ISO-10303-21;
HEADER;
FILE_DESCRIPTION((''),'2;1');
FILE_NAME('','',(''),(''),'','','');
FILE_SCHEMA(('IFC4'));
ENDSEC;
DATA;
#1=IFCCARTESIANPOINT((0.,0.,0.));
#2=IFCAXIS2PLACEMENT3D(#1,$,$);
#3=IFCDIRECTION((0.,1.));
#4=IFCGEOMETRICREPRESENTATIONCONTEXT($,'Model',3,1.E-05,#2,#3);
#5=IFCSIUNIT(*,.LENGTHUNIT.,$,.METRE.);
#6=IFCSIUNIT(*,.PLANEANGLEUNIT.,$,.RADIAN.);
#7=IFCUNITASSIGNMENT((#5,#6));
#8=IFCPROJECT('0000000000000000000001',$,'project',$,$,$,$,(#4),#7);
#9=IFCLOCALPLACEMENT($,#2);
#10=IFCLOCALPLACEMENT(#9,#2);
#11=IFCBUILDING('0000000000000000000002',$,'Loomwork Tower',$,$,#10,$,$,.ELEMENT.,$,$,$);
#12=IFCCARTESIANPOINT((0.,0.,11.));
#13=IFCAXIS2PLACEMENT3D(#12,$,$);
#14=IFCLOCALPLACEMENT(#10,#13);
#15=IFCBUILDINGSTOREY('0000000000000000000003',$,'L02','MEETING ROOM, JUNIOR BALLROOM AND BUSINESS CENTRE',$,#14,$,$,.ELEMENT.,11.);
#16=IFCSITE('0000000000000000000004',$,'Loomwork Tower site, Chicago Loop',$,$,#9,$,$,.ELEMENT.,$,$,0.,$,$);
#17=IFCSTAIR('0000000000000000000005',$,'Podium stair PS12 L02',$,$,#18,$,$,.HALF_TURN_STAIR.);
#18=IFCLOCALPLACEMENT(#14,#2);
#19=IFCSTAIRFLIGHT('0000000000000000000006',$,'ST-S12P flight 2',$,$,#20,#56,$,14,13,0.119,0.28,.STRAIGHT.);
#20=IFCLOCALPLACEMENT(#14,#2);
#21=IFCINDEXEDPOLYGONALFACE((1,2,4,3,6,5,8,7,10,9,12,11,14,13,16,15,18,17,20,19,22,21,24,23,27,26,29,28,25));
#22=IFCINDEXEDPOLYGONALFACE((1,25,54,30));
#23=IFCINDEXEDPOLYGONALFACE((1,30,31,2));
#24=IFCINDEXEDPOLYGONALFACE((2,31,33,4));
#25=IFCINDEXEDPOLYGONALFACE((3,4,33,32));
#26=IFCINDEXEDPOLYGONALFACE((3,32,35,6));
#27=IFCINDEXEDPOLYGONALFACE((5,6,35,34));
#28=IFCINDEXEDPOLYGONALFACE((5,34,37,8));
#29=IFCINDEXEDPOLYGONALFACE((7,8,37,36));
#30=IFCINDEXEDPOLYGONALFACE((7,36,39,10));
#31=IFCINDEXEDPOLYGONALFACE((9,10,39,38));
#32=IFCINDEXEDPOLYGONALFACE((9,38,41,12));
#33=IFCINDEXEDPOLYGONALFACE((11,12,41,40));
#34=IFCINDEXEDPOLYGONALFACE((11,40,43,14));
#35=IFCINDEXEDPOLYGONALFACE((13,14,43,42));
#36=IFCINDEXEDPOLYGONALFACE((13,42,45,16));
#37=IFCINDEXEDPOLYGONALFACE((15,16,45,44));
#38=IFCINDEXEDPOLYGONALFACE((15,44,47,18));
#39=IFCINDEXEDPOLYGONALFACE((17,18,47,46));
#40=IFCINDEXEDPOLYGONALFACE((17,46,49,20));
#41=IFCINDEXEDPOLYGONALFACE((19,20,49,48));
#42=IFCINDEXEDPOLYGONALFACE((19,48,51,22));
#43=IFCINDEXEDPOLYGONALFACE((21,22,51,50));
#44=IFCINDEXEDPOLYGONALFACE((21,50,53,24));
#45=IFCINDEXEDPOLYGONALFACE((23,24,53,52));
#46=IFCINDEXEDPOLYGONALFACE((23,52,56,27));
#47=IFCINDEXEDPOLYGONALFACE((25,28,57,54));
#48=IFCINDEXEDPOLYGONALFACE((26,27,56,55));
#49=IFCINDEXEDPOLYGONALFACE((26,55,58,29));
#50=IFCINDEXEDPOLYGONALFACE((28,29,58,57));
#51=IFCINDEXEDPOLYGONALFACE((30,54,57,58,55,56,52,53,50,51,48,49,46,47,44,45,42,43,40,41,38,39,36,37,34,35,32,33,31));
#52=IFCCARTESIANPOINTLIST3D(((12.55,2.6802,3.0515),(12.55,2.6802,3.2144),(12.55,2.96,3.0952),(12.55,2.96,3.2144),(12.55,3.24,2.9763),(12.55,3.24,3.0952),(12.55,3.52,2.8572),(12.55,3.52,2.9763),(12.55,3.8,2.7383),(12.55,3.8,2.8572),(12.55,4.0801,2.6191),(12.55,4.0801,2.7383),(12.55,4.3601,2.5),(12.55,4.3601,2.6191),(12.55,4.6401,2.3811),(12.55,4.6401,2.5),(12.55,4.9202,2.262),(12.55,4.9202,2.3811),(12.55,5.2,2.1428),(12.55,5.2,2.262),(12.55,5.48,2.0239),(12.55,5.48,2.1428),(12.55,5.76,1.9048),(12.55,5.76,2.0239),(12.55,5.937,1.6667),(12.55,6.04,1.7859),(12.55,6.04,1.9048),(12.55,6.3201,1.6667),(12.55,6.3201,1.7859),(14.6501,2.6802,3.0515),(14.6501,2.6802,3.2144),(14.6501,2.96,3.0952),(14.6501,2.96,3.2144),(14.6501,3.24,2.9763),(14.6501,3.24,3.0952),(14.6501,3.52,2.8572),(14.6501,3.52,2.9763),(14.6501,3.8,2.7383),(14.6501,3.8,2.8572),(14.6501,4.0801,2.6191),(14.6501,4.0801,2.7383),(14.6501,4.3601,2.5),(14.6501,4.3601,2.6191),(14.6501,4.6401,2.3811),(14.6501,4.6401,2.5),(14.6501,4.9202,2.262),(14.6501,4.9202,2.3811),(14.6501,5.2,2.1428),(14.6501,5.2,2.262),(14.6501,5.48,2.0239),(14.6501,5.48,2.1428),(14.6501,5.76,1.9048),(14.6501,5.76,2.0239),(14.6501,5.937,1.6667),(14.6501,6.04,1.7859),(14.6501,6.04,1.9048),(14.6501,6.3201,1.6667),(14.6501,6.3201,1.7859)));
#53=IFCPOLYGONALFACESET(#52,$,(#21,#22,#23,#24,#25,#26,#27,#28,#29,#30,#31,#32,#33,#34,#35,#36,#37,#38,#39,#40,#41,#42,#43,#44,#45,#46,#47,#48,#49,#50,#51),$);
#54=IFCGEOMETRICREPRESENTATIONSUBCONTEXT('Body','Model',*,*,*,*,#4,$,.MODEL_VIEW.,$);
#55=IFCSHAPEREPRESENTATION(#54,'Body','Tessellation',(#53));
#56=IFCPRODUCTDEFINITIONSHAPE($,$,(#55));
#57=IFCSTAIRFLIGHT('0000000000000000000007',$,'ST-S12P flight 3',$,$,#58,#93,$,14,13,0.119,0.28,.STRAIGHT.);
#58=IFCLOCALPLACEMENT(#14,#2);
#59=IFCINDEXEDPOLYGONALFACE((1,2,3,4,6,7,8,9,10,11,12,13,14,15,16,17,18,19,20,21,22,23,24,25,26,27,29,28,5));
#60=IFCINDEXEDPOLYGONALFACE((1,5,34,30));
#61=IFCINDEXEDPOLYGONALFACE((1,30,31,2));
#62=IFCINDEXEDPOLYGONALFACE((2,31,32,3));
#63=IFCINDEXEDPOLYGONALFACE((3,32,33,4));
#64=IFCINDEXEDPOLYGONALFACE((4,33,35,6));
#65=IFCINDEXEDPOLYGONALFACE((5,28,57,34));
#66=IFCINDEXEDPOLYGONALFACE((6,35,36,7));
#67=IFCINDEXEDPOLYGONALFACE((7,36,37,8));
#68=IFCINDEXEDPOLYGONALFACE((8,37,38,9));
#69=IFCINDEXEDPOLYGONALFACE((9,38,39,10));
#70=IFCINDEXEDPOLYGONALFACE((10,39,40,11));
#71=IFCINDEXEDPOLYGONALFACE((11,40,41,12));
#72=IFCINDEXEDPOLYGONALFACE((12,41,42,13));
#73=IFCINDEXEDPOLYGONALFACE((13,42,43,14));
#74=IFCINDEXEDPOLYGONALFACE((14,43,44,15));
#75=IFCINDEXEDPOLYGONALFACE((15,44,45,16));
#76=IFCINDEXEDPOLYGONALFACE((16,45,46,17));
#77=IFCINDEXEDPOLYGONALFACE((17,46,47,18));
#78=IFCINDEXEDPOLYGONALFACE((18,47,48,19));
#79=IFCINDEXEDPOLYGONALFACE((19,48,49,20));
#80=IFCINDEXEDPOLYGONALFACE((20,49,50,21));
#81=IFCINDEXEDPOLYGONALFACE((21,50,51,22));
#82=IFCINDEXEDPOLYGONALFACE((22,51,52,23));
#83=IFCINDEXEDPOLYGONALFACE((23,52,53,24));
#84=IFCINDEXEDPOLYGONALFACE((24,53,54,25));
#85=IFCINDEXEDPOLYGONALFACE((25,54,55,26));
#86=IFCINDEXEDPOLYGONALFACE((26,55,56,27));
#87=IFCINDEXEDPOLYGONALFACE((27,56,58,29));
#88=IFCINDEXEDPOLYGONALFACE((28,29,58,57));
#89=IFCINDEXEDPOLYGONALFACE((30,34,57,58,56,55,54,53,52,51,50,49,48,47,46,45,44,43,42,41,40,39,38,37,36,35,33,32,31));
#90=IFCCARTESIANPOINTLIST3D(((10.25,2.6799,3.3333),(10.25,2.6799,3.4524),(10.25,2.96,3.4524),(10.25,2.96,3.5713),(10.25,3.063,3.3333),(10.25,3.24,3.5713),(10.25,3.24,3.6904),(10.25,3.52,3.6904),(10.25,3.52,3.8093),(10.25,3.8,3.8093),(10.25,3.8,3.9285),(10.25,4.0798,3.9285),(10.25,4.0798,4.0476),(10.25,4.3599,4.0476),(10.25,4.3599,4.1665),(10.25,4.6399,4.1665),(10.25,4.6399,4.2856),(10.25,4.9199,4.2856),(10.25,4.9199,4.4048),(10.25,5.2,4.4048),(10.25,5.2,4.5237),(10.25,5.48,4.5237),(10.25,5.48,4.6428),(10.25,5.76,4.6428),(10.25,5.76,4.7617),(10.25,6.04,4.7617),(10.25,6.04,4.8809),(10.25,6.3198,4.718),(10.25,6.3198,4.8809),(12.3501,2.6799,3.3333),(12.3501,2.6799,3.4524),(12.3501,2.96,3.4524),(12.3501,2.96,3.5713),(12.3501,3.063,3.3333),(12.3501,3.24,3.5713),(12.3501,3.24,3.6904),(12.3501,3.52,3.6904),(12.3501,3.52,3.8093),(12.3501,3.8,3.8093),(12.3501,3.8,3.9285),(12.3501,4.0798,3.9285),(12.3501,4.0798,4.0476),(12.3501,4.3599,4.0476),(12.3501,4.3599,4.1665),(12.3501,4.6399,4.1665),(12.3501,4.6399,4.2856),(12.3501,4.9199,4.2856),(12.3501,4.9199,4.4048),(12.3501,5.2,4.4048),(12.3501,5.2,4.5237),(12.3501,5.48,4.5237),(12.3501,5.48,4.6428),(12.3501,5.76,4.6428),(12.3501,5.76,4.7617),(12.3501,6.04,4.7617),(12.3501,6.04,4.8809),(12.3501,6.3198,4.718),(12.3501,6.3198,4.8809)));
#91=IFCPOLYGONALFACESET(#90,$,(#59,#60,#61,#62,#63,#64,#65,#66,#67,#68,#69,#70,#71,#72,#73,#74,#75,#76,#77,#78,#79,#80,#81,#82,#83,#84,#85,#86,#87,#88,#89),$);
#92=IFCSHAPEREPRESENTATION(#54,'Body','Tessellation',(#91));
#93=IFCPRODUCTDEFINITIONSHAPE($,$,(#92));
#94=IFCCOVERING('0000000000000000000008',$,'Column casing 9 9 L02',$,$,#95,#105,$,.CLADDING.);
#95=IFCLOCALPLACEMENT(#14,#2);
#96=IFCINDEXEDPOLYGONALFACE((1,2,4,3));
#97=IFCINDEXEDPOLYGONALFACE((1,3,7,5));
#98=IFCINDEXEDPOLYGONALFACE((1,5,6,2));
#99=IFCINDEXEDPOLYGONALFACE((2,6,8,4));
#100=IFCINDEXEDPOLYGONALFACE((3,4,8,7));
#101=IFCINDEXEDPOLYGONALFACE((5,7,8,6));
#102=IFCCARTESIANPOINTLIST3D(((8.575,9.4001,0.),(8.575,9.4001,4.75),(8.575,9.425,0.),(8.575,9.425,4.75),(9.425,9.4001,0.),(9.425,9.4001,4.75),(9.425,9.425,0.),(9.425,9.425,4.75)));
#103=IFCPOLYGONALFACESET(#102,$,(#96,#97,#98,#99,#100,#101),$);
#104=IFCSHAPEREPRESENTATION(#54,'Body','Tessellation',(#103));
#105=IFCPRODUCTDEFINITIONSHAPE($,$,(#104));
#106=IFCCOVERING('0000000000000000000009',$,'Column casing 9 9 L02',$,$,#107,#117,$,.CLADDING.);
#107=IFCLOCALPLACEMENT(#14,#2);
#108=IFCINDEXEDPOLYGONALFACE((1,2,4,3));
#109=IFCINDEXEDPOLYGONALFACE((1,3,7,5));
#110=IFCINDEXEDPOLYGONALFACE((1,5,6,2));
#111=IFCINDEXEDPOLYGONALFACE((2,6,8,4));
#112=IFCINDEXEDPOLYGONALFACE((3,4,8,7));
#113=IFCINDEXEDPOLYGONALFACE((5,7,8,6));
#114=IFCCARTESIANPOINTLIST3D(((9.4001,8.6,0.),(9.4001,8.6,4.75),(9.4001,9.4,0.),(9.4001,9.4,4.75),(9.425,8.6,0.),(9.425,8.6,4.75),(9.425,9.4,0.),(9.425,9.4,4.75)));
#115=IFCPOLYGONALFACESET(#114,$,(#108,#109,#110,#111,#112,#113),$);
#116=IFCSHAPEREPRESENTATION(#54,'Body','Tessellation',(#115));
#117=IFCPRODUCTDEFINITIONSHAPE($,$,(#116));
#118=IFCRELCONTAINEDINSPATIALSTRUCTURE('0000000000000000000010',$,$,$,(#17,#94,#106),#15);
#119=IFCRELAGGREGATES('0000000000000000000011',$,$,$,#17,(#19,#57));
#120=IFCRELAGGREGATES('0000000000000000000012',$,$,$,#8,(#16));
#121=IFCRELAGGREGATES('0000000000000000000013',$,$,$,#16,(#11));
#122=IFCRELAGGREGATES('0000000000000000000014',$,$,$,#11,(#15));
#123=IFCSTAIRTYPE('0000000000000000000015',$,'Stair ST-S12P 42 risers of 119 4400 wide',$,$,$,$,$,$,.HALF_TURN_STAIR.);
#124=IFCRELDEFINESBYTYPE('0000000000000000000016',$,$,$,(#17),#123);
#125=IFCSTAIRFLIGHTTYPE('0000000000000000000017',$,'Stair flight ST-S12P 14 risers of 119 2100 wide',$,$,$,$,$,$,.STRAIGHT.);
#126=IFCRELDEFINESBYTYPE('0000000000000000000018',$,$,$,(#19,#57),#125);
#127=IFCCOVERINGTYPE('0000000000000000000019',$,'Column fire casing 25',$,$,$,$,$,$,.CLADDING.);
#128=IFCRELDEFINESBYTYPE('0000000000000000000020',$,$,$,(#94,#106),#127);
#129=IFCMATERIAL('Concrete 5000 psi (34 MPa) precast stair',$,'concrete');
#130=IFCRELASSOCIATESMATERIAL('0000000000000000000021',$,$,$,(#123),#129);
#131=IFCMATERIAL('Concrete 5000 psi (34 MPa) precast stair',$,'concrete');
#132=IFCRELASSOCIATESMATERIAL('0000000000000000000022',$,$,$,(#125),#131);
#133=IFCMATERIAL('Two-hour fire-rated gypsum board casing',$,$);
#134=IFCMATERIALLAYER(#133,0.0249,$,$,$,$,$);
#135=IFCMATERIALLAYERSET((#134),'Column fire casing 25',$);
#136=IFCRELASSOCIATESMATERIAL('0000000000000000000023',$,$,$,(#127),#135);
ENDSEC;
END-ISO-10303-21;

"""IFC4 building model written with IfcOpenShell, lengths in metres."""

from ifc_helpers import new_model, si_unit, direction, frame, origin, origin_2d, place, context, subcontext, project, spatial, polyline, rectangle, outline, extrude, material, layer, layer_set, type_object, element, aggregate, save


model = new_model("IFC4")

# Units and contexts
model_context = context("Model", 3, precision=1e-05, world=origin(), true_north=direction((0.0, 1.0)))
body_context = subcontext(model_context, "Body", "Model", "MODEL_VIEW")
ifc_project = project(units=[si_unit("LENGTHUNIT", "METRE"), si_unit("PLANEANGLEUNIT", "RADIAN")], contexts=[model_context])

# Site, building, storey
site_placement = place(None, origin())
site = spatial("IfcSite", under=ifc_project, at=site_placement, Name="Loomwork Tower site, Chicago Loop", CompositionType="ELEMENT", RefElevation=0.0)
building_placement = place(site_placement, origin())
building = spatial("IfcBuilding", under=site, at=building_placement, Name="Loomwork Tower", CompositionType="ELEMENT")
storey_placement = place(building_placement, frame((0.0, 0.0, 11.0)))
storey = spatial("IfcBuildingStorey", under=building, at=storey_placement, Name="L02", Description="MEETING ROOM, JUNIOR BALLROOM AND BUSINESS CENTRE", CompositionType="ELEMENT", Elevation=11.0)

# Stair, stair flights
ifc_material_1 = material(Name="Concrete 5000 psi (34 MPa) precast stair", Category="concrete")
stair_type = type_object("IfcStairType", Name="Stair ST-S12P 42 risers of 119 4400 wide", PredefinedType="HALF_TURN_STAIR", material=ifc_material_1)
stair_placement = place(storey_placement, origin())
stair = element("IfcStair", 1, at=stair_placement, inside=storey, type_object=stair_type, Name="Podium stair PS12 L02", PredefinedType="HALF_TURN_STAIR")
ifc_material_2 = material(Name="Concrete 5000 psi (34 MPa) precast stair", Category="concrete")
stair_flight_type = type_object("IfcStairFlightType", Name="Stair flight ST-S12P 14 risers of 119 2100 wide", PredefinedType="STRAIGHT", material=ifc_material_2)
stair_flight_1_placement = place(storey_placement, frame((13.6001, 6.3201, 1.6667), z_axis=(0.0, 0.0, 1.0), x_axis=(0.0, -1.0, 0.0)))
stair_flight_1 = element("IfcStairFlight", 2, at=stair_flight_1_placement, type_object=stair_flight_type, Name="ST-S12P flight 2", NumberOfRisers=14, NumberOfTreads=13, PredefinedType="STRAIGHT", RiserHeight=0.119, TreadLength=0.28, context=body_context, shape_type="SweptSolid", body=[
    extrude(outline(polyline([(0.0, 0.0), (0.0, 0.1191), (0.28, 0.1191), (0.28, 0.238), (0.5601, 0.238), (0.5601, 0.3572), (0.8401, 0.3572), (0.8401, 0.4761), (1.1201, 0.4761), (1.1201, 0.5952), (1.3999, 0.5952), (1.3999, 0.7144), (1.6799, 0.7144), (1.6799, 0.8333), (1.96, 0.8333), (1.96, 0.9524), (2.24, 0.9524), (2.24, 1.0715), (2.52, 1.0715), (2.52, 1.1904), (2.8, 1.1904), (2.8, 1.3096), (3.0801, 1.3096), (3.0801, 1.4285), (3.3601, 1.4285), (3.3601, 1.5476), (3.6399, 1.5476), (3.6399, 1.6667), (3.6399, 1.3848), (0.3831, 0.0), (0.0, 0.0)])), frame((0.0, 1.05, 0.0), z_axis=(0.0, -1.0, 0.0), x_axis=(1.0, 0.0, 0.0)), (0.0, 0.0, 1.0), 2.1001),
])
stair_flight_2_placement = place(storey_placement, frame((11.3, 2.6799, 3.3333), z_axis=(0.0, 0.0, 1.0), x_axis=(0.0, 1.0, 0.0)))
stair_flight_2 = element("IfcStairFlight", 3, at=stair_flight_2_placement, type_object=stair_flight_type, Name="ST-S12P flight 3", NumberOfRisers=14, NumberOfTreads=13, PredefinedType="STRAIGHT", RiserHeight=0.119, TreadLength=0.28, context=body_context, shape_type="SweptSolid", body=[
    extrude(outline(polyline([(0.0, 0.0), (0.0, 0.1191), (0.28, 0.1191), (0.28, 0.238), (0.5601, 0.238), (0.5601, 0.3572), (0.8401, 0.3572), (0.8401, 0.4761), (1.1201, 0.4761), (1.1201, 0.5952), (1.3999, 0.5952), (1.3999, 0.7144), (1.6799, 0.7144), (1.6799, 0.8333), (1.96, 0.8333), (1.96, 0.9524), (2.24, 0.9524), (2.24, 1.0715), (2.52, 1.0715), (2.52, 1.1904), (2.8, 1.1904), (2.8, 1.3096), (3.0801, 1.3096), (3.0801, 1.4285), (3.3601, 1.4285), (3.3601, 1.5476), (3.6399, 1.5476), (3.6399, 1.6667), (3.6399, 1.3848), (0.3831, 0.0), (0.0, 0.0)])), frame((0.0, 1.05, 0.0), z_axis=(0.0, -1.0, 0.0), x_axis=(1.0, 0.0, 0.0)), (0.0, 0.0, 1.0), 2.1001),
])
aggregate(stair, [stair_flight_1, stair_flight_2])

# Coverings
ifc_material_3 = material(Name="Two-hour fire-rated gypsum board casing")
ifc_layer_1 = layer(ifc_material_3, 0.0249)
ifc_layer_set_1 = layer_set([ifc_layer_1], Name="Column fire casing 25")
covering_type = type_object("IfcCoveringType", Name="Column fire casing 25", PredefinedType="CLADDING", material=ifc_layer_set_1)
covering_1_placement = place(storey_placement, frame((9.0, 9.4126, 0.0), z_axis=(0.0, 0.0, 1.0), x_axis=(1.0, 0.0, 0.0)))
element("IfcCovering", 4, at=covering_1_placement, inside=storey, type_object=covering_type, Name="Column casing 9 9 L02", PredefinedType="CLADDING", context=body_context, shape_type="SweptSolid", body=[
    extrude(rectangle(XDim=0.8501, YDim=0.0249, at=origin_2d()), origin(), (0.0, 0.0, 1.0), 4.75),
])
covering_2_placement = place(storey_placement, frame((9.4126, 9.0, 0.0), z_axis=(0.0, 0.0, 1.0), x_axis=(1.0, 0.0, 0.0)))
element("IfcCovering", 5, at=covering_2_placement, inside=storey, type_object=covering_type, Name="Column casing 9 9 L02", PredefinedType="CLADDING", context=body_context, shape_type="SweptSolid", body=[
    extrude(rectangle(XDim=0.0249, YDim=0.8, at=origin_2d()), origin(), (0.0, 0.0, 1.0), 4.75),
])

save(model, "model.ifc")
